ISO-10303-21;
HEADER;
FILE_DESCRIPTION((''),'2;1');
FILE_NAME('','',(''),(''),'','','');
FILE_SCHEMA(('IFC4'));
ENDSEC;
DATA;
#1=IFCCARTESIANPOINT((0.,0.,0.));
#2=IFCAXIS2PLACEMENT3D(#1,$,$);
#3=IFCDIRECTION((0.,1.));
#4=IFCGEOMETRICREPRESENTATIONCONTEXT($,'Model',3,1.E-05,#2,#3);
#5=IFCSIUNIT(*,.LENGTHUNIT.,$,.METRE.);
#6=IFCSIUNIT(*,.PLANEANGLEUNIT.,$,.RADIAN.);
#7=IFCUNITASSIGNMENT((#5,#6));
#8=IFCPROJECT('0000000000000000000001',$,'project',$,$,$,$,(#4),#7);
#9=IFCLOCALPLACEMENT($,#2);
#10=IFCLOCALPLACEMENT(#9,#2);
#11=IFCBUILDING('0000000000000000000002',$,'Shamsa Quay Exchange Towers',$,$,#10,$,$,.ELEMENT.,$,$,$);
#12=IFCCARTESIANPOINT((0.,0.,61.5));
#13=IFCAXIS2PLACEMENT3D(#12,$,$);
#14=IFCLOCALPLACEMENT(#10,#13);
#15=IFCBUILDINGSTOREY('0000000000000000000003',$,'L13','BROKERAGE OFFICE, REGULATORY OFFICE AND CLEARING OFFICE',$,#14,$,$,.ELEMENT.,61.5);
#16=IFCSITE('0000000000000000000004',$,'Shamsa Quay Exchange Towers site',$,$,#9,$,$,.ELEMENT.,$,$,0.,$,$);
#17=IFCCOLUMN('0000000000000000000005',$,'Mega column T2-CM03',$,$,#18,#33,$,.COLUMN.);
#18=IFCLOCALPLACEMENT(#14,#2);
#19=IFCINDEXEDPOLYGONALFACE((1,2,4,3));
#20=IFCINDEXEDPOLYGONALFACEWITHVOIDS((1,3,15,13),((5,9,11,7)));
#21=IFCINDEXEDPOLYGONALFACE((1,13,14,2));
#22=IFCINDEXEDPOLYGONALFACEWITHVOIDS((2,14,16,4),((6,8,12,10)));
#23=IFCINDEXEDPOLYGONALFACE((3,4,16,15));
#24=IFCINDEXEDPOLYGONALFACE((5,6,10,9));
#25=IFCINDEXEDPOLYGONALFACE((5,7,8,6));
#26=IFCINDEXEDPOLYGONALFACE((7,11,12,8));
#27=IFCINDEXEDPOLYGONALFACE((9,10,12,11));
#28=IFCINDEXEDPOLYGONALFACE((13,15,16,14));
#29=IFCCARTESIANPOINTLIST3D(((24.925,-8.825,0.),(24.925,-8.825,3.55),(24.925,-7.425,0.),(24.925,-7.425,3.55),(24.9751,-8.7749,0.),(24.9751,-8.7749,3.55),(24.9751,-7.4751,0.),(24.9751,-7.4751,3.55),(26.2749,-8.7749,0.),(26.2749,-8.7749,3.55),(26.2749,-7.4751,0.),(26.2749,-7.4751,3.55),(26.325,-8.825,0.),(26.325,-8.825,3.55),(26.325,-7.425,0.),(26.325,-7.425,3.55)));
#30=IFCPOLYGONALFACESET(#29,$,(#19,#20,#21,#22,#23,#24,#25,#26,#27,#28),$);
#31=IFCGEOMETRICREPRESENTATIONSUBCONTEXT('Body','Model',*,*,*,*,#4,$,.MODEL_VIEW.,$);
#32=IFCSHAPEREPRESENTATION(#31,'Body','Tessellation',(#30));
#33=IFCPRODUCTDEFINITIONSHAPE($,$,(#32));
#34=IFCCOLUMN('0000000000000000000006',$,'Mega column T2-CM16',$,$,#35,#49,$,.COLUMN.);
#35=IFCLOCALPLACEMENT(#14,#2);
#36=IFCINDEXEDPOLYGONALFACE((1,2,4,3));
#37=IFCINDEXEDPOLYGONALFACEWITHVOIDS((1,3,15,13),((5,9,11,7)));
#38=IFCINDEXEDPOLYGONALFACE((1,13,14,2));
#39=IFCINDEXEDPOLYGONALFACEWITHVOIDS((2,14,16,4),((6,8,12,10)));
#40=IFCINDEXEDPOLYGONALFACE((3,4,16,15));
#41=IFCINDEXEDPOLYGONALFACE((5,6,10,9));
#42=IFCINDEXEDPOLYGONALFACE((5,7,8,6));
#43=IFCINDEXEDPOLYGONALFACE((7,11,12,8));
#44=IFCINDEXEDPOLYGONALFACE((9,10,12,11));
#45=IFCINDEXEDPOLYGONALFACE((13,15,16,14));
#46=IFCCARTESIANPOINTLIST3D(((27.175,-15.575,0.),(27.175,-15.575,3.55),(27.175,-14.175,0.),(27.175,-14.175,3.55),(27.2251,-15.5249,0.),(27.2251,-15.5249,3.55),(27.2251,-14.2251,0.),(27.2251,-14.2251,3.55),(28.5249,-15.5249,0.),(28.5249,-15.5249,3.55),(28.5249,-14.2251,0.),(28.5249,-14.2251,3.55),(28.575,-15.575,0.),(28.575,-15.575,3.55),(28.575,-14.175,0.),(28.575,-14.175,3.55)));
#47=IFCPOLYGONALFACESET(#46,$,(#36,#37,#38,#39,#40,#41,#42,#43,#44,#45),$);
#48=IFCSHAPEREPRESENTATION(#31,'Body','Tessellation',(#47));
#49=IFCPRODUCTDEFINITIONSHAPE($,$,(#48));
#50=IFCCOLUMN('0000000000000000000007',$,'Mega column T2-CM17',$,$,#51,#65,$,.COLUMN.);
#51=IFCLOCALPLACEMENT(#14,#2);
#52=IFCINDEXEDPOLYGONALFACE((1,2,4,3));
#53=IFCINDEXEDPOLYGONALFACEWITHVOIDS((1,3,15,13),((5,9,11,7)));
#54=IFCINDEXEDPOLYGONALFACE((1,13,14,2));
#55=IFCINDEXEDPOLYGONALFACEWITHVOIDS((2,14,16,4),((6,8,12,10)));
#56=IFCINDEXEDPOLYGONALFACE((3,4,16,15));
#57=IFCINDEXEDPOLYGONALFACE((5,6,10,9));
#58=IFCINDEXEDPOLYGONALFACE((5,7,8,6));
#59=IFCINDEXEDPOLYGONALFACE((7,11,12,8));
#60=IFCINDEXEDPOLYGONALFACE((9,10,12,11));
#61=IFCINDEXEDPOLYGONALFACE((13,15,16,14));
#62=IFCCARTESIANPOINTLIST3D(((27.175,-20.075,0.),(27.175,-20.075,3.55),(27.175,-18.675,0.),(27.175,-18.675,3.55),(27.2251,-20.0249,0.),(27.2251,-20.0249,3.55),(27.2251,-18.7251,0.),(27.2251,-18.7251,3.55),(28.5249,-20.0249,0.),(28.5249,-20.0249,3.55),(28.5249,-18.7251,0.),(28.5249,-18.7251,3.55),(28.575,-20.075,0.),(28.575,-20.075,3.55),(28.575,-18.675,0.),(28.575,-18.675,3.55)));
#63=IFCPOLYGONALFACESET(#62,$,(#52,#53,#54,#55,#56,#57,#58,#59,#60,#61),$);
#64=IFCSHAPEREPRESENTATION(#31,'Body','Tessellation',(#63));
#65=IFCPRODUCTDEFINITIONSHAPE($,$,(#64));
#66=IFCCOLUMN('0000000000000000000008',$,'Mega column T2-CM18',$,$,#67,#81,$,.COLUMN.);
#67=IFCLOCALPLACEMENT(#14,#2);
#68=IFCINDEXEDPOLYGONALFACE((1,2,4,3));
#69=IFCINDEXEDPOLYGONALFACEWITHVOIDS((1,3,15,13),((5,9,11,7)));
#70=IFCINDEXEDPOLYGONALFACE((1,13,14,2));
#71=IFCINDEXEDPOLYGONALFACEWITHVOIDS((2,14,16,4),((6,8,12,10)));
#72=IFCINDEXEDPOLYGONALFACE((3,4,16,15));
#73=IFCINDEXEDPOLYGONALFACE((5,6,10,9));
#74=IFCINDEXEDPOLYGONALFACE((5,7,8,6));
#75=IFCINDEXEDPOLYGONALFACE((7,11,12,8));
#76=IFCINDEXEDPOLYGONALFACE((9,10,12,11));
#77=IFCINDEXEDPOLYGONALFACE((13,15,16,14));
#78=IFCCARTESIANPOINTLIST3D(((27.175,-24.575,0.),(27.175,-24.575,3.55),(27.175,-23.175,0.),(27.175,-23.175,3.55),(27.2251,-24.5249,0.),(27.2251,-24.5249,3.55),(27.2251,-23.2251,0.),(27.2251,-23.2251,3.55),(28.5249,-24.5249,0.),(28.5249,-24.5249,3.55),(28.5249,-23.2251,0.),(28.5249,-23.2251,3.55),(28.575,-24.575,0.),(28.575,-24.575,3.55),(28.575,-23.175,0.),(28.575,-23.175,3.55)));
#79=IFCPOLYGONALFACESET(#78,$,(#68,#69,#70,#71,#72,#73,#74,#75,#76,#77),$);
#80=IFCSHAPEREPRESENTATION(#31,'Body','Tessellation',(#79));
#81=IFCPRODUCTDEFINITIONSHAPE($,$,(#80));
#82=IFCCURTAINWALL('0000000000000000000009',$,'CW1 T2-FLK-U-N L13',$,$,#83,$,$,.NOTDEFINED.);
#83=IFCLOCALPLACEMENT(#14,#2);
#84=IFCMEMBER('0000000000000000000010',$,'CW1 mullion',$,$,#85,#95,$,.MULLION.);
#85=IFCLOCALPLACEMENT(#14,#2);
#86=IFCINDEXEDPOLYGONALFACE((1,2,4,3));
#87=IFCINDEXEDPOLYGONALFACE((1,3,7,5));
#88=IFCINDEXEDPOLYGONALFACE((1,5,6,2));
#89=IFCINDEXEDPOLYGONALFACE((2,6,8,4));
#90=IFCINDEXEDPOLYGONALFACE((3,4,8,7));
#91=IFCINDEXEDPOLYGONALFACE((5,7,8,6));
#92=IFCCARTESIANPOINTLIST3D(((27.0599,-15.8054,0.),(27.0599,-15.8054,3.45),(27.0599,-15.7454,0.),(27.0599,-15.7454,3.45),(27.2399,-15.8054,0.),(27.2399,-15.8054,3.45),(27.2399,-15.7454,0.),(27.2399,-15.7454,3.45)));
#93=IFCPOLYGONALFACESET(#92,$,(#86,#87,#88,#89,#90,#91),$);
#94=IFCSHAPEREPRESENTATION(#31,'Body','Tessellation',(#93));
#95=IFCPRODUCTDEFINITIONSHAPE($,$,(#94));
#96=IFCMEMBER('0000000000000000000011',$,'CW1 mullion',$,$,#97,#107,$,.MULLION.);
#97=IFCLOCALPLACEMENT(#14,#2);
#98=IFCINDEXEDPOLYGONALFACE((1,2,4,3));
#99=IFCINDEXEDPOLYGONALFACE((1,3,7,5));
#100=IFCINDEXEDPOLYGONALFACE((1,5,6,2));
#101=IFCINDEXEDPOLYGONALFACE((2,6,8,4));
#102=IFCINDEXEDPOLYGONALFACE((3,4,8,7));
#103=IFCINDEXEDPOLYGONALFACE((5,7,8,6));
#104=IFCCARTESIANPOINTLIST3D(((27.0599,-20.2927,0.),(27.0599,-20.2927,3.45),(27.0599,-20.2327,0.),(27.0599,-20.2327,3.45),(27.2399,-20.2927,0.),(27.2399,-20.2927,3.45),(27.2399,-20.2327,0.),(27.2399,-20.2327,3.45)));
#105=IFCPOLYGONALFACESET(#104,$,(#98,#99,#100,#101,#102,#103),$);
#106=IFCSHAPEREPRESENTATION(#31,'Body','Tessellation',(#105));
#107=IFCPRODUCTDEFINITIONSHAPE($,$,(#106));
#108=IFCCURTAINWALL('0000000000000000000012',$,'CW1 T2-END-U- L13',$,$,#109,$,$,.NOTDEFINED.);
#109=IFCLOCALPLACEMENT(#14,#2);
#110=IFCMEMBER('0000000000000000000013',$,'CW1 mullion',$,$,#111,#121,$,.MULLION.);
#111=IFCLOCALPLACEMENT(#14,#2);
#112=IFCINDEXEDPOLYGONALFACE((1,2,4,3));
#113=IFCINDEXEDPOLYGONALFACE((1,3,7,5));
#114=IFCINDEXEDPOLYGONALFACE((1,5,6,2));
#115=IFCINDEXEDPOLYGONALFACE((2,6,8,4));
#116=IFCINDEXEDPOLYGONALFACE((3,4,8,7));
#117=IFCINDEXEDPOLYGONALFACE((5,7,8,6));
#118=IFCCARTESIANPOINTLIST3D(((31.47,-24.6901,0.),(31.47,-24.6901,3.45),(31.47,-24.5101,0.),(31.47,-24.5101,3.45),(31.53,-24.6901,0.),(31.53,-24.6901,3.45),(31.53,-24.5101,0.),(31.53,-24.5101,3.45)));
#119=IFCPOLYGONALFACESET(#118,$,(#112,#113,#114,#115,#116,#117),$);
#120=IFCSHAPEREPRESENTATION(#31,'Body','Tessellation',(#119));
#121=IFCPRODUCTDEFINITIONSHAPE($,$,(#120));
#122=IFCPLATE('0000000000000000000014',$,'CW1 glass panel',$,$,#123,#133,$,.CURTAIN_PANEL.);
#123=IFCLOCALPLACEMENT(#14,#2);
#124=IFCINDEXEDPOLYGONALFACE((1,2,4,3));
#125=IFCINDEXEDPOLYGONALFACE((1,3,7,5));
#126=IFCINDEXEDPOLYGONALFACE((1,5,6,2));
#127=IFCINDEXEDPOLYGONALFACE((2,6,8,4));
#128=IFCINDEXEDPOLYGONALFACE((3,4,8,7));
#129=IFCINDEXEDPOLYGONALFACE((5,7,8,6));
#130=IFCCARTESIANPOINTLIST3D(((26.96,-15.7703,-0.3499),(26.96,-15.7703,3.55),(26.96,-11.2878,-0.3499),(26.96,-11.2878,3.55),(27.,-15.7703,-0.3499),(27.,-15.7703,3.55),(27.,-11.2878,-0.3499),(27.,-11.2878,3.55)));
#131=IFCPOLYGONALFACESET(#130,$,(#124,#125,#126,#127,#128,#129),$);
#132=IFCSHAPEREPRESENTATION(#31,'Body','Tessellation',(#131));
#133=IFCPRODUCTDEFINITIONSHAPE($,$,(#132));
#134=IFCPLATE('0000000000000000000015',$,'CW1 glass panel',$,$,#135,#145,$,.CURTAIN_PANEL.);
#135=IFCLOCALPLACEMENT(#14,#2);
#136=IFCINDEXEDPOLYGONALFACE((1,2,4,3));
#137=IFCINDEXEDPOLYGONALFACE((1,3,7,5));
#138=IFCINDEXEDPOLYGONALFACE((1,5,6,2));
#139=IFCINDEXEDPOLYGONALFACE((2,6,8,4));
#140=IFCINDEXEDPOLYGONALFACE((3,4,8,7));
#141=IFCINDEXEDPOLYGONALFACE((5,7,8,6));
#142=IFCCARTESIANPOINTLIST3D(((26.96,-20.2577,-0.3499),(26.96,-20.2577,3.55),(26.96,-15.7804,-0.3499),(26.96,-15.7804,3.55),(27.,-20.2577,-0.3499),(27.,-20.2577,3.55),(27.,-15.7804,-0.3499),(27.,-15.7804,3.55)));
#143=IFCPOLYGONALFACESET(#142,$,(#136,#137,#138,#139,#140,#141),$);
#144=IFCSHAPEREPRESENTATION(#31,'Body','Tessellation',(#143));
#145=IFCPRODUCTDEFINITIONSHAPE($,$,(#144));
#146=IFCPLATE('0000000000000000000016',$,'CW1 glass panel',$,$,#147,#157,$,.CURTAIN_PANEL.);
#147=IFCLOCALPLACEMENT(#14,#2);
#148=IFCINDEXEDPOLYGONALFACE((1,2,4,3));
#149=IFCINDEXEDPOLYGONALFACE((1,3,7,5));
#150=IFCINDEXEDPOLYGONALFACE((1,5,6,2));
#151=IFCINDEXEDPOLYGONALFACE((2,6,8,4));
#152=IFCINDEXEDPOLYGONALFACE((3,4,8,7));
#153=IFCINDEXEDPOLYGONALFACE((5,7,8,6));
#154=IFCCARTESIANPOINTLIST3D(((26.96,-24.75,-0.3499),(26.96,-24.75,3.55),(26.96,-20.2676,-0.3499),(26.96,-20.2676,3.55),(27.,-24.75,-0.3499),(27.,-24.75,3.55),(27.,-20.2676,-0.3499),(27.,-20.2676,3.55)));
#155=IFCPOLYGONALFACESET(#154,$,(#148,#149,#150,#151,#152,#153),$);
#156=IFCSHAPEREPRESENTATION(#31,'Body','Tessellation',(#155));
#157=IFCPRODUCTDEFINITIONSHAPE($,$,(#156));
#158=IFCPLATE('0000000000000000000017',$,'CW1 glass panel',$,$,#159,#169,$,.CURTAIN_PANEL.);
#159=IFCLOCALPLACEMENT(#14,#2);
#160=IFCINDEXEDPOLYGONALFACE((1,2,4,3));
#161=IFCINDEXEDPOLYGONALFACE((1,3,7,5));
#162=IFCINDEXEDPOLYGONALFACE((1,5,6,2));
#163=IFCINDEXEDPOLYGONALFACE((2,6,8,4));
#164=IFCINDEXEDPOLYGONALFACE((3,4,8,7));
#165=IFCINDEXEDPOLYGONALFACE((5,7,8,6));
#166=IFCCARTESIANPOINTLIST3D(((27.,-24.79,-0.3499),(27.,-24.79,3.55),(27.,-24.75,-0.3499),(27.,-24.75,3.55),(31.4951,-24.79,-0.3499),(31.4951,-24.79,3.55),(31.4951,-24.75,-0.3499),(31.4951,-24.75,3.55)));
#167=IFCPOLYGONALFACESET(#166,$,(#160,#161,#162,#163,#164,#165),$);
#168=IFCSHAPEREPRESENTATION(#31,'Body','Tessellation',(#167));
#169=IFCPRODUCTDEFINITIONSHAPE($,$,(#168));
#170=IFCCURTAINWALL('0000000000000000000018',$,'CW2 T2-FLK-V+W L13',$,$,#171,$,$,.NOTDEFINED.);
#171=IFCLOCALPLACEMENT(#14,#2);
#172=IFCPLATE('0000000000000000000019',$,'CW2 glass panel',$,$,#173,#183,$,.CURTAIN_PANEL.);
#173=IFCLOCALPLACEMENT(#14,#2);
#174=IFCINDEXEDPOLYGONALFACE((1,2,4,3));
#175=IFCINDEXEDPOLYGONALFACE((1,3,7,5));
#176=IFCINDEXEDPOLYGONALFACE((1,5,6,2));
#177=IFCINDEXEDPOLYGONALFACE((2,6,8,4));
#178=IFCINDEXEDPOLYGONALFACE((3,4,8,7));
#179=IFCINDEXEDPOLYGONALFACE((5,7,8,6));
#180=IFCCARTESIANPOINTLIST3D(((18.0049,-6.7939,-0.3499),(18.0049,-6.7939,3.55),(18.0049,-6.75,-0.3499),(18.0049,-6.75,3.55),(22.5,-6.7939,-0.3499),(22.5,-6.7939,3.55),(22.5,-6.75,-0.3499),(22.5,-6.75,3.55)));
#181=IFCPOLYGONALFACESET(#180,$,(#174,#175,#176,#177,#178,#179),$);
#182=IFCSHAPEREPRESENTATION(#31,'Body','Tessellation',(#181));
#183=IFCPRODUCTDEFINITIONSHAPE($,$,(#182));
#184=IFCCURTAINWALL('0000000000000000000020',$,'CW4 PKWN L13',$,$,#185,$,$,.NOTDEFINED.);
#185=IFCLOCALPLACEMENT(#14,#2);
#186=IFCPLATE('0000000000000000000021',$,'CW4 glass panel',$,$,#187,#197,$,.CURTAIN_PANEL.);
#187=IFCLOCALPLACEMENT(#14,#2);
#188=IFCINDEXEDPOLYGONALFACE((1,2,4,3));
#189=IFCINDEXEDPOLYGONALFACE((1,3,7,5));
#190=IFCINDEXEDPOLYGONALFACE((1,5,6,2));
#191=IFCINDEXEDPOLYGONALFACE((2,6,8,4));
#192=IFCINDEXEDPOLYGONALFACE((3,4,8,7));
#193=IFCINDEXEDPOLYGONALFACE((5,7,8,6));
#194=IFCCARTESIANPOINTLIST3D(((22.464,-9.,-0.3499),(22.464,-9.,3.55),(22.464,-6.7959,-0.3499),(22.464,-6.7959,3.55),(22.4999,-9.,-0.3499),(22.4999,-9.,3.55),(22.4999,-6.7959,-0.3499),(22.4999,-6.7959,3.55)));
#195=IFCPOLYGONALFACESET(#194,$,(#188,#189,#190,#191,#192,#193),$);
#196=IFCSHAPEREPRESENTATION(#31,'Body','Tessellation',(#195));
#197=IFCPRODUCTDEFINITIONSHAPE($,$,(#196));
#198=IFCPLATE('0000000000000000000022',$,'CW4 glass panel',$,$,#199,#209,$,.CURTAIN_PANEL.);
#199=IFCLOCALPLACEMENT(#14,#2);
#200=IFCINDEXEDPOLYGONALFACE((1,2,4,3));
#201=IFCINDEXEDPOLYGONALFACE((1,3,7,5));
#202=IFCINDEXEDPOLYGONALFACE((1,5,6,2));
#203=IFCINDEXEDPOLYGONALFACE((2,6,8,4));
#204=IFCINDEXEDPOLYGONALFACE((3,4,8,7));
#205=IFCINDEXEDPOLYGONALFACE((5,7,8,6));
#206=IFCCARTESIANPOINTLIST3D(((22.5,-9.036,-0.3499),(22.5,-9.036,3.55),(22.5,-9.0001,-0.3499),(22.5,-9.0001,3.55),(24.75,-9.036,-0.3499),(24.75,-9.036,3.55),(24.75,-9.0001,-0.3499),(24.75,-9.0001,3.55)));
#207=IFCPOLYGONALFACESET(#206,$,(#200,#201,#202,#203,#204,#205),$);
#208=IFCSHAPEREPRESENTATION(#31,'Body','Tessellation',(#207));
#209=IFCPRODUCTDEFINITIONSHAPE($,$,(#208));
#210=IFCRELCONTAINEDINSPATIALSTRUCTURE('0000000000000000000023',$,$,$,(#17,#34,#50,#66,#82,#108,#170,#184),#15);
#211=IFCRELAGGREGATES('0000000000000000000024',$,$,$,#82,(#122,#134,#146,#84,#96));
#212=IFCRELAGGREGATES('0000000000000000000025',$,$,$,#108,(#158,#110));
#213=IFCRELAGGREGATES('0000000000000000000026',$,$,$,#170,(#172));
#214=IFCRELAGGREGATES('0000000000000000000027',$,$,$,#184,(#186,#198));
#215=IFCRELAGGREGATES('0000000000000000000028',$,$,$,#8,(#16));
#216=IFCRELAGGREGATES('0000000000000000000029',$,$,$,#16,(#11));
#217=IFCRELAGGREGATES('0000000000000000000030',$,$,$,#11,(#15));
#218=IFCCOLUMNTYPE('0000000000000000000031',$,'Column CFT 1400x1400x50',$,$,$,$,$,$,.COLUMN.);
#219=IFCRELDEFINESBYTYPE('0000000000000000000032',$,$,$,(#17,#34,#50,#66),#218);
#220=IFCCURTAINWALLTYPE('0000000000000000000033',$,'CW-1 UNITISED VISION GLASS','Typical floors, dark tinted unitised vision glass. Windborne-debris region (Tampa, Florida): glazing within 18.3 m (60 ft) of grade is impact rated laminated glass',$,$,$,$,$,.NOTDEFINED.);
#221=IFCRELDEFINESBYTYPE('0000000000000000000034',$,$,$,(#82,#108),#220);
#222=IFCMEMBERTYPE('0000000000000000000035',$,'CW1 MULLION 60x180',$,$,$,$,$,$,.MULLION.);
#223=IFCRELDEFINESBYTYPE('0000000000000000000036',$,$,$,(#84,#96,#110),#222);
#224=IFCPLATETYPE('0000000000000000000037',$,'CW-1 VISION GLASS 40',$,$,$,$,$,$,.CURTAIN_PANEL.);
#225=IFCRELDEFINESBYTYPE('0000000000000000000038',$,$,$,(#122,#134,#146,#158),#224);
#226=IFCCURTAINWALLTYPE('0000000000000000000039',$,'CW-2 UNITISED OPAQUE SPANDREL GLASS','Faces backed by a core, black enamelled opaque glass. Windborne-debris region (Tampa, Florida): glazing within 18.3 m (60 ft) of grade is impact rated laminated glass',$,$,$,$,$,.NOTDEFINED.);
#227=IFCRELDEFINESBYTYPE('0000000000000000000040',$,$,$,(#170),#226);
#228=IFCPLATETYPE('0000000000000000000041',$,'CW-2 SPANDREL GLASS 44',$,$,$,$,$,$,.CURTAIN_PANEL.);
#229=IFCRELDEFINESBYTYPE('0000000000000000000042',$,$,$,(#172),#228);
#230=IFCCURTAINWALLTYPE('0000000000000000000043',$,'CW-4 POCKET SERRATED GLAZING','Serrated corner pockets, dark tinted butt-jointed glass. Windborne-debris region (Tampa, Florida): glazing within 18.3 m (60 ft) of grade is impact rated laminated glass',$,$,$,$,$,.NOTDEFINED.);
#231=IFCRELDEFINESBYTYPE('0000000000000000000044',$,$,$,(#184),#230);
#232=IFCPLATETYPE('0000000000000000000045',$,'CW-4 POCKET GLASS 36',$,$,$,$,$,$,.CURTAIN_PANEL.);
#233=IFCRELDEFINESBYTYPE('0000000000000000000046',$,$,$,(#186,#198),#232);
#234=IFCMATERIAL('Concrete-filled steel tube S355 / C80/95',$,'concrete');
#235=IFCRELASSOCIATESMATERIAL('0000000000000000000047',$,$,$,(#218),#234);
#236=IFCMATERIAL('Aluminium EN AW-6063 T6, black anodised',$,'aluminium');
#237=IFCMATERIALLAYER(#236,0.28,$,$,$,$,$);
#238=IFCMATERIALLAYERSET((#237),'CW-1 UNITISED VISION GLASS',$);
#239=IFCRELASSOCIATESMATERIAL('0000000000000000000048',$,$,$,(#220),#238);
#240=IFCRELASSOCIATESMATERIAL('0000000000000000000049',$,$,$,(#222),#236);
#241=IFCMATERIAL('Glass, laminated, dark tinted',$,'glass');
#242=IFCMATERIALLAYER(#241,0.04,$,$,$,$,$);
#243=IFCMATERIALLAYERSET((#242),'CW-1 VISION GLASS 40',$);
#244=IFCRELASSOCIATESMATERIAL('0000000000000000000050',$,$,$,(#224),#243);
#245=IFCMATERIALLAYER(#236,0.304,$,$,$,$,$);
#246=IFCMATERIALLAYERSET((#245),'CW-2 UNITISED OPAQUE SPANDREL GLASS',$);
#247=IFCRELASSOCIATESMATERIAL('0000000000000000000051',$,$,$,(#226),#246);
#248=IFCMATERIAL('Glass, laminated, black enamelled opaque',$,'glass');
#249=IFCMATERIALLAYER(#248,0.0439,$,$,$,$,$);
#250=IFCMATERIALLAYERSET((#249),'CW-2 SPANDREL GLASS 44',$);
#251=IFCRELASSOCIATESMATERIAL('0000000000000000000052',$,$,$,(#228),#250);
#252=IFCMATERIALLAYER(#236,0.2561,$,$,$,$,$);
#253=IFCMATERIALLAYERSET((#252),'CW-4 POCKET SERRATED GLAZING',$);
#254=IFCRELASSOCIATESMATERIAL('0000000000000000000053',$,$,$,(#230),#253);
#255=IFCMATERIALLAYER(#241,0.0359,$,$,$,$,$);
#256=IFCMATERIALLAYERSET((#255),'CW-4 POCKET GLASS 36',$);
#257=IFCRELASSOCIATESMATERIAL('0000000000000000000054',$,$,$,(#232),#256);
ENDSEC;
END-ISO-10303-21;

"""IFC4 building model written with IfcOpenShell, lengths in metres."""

from ifc_helpers import new_model, si_unit, direction, frame, origin, origin_2d, place, context, subcontext, project, spatial, rectangle, hollow_rectangle, extrude, material, layer, layer_set, material_profile, profile_set, type_object, element, aggregate, save


model = new_model("IFC4")

# Units and contexts
model_context = context("Model", 3, precision=1e-05, world=origin(), true_north=direction((0.0, 1.0)))
body_context = subcontext(model_context, "Body", "Model", "MODEL_VIEW")
ifc_project = project(units=[si_unit("LENGTHUNIT", "METRE"), si_unit("PLANEANGLEUNIT", "RADIAN")], contexts=[model_context])

# Site, building, storey
site_placement = place(None, origin())
site = spatial("IfcSite", under=ifc_project, at=site_placement, Name="Shamsa Quay Exchange Towers site", CompositionType="ELEMENT", RefElevation=0.0)
building_placement = place(site_placement, origin())
building = spatial("IfcBuilding", under=site, at=building_placement, Name="Shamsa Quay Exchange Towers", CompositionType="ELEMENT")
storey_placement = place(building_placement, frame((0.0, 0.0, 61.5)))
storey = spatial("IfcBuildingStorey", under=building, at=storey_placement, Name="L13", Description="BROKERAGE OFFICE, REGULATORY OFFICE AND CLEARING OFFICE", CompositionType="ELEMENT", Elevation=61.5)

# Columns
ifc_material_1 = material(Name="Concrete-filled steel tube S355 / C80/95", Category="concrete")
ifc_material_profile_1 = material_profile(ifc_material_1, hollow_rectangle(XDim=1.3999, YDim=1.3999, WallThickness=0.05, at=origin_2d()), Name="CFT 1400x1400x50")
ifc_profile_set_1 = profile_set([ifc_material_profile_1], Name="Concrete-filled steel tube S355 / C80/95")
column_type = type_object("IfcColumnType", Name="Column CFT 1400x1400x50", PredefinedType="COLUMN", material=ifc_profile_set_1)
for number, where, name in (
    (1, (25.625, -8.125, 0.0), "Mega column T2-CM03"),
    (2, (27.875, -14.875, 0.0), "Mega column T2-CM16"),
    (3, (27.875, -19.375, 0.0), "Mega column T2-CM17"),
    (4, (27.875, -23.875, 0.0), "Mega column T2-CM18"),
):
    element("IfcColumn", number, at=place(storey_placement, frame(where)), inside=storey, type_object=column_type, Name=name, PredefinedType="COLUMN", context=body_context, shape_type="SweptSolid", body=[
        extrude(hollow_rectangle(XDim=1.3999, YDim=1.3999, WallThickness=0.05, at=origin_2d()), origin(), (0.0, 0.0, 1.0), 3.55),
    ])

# Curtain wall, members
ifc_material_2 = material(Name="Aluminium EN AW-6063 T6, black anodised", Category="aluminium")
ifc_layer_1 = layer(ifc_material_2, 0.28)
ifc_layer_set_1 = layer_set([ifc_layer_1], Name="CW-1 UNITISED VISION GLASS")
curtain_wall_type_1 = type_object("IfcCurtainWallType", Name="CW-1 UNITISED VISION GLASS", Description="Typical floors, dark tinted unitised vision glass. Windborne-debris region (Tampa, Florida): glazing within 18.3 m (60 ft) of grade is impact rated laminated glass", PredefinedType="NOTDEFINED", material=ifc_layer_set_1)
curtain_wall_1_placement = place(storey_placement, origin())
curtain_wall_1 = element("IfcCurtainWall", 5, at=curtain_wall_1_placement, inside=storey, type_object=curtain_wall_type_1, Name="CW1 T2-FLK-U-N L13", PredefinedType="NOTDEFINED")
ifc_material_profile_2 = material_profile(ifc_material_2, rectangle(XDim=0.1799, YDim=0.0601, at=origin_2d()), Name="MU60x180")
ifc_profile_set_2 = profile_set([ifc_material_profile_2], Name="Aluminium EN AW-6063 T6, black anodised")
member_type = type_object("IfcMemberType", Name="CW1 MULLION 60x180", PredefinedType="MULLION", material=ifc_profile_set_2)
member_1_placement = place(storey_placement, frame((27.1499, -15.7754, 0.0)))
member_1 = element("IfcMember", 6, at=member_1_placement, type_object=member_type, Name="CW1 mullion", PredefinedType="MULLION", context=body_context, shape_type="SweptSolid", body=[
    extrude(rectangle(XDim=0.1799, YDim=0.0601, at=origin_2d()), origin(), (0.0, 0.0, 1.0), 3.45),
])
member_2_placement = place(storey_placement, frame((27.1499, -20.2627, 0.0)))
member_2 = element("IfcMember", 7, at=member_2_placement, type_object=member_type, Name="CW1 mullion", PredefinedType="MULLION", context=body_context, shape_type="SweptSolid", body=[
    extrude(rectangle(XDim=0.1799, YDim=0.0601, at=origin_2d()), origin(), (0.0, 0.0, 1.0), 3.45),
])

# Curtain wall, member
curtain_wall_2_placement = place(storey_placement, origin())
curtain_wall_2 = element("IfcCurtainWall", 8, at=curtain_wall_2_placement, inside=storey, type_object=curtain_wall_type_1, Name="CW1 T2-END-U- L13", PredefinedType="NOTDEFINED")
member_3_placement = place(storey_placement, frame((31.5, -24.6001, 0.0), z_axis=(0.0, 0.0, 1.0), x_axis=(0.0, 1.0, 0.0)))
member_3 = element("IfcMember", 9, at=member_3_placement, type_object=member_type, Name="CW1 mullion", PredefinedType="MULLION", context=body_context, shape_type="SweptSolid", body=[
    extrude(rectangle(XDim=0.1799, YDim=0.0601, at=origin_2d()), origin(), (0.0, 0.0, 1.0), 3.45),
])

# Plates
ifc_material_3 = material(Name="Glass, laminated, dark tinted", Category="glass")
ifc_layer_2 = layer(ifc_material_3, 0.04)
ifc_layer_set_2 = layer_set([ifc_layer_2], Name="CW-1 VISION GLASS 40")
plate_type_1 = type_object("IfcPlateType", Name="CW-1 VISION GLASS 40", PredefinedType="CURTAIN_PANEL", material=ifc_layer_set_2)
plate_1_placement = place(storey_placement, frame((26.98, -13.5291, -0.3499), z_axis=(0.0, 0.0, 1.0), x_axis=(0.0, -1.0, 0.0)))
plate_1 = element("IfcPlate", 10, at=plate_1_placement, type_object=plate_type_1, Name="CW1 glass panel", PredefinedType="CURTAIN_PANEL", context=body_context, shape_type="SweptSolid", body=[
    extrude(rectangle(XDim=4.4824, YDim=0.04, at=origin_2d()), origin(), (0.0, 0.0, 1.0), 3.8999),
])
plate_2_placement = place(storey_placement, frame((26.98, -18.019, -0.3499), z_axis=(0.0, 0.0, 1.0), x_axis=(0.0, -1.0, 0.0)))
plate_2 = element("IfcPlate", 11, at=plate_2_placement, type_object=plate_type_1, Name="CW1 glass panel", PredefinedType="CURTAIN_PANEL", context=body_context, shape_type="SweptSolid", body=[
    extrude(rectangle(XDim=4.4773, YDim=0.04, at=origin_2d()), origin(), (0.0, 0.0, 1.0), 3.8999),
])
plate_3_placement = place(storey_placement, frame((26.98, -22.5088, -0.3499), z_axis=(0.0, 0.0, 1.0), x_axis=(0.0, -1.0, 0.0)))
plate_3 = element("IfcPlate", 12, at=plate_3_placement, type_object=plate_type_1, Name="CW1 glass panel", PredefinedType="CURTAIN_PANEL", context=body_context, shape_type="SweptSolid", body=[
    extrude(rectangle(XDim=4.4824, YDim=0.04, at=origin_2d()), origin(), (0.0, 0.0, 1.0), 3.8999),
])
aggregate(curtain_wall_1, [plate_1, plate_2, plate_3, member_1, member_2])
plate_4_placement = place(storey_placement, frame((29.2476, -24.77, -0.3499)))
plate_4 = element("IfcPlate", 13, at=plate_4_placement, type_object=plate_type_1, Name="CW1 glass panel", PredefinedType="CURTAIN_PANEL", context=body_context, shape_type="SweptSolid", body=[
    extrude(rectangle(XDim=4.4951, YDim=0.04, at=origin_2d()), origin(), (0.0, 0.0, 1.0), 3.8999),
])
aggregate(curtain_wall_2, [plate_4, member_3])

# Curtain wall, plate
ifc_layer_3 = layer(ifc_material_2, 0.304)
ifc_layer_set_3 = layer_set([ifc_layer_3], Name="CW-2 UNITISED OPAQUE SPANDREL GLASS")
curtain_wall_type_2 = type_object("IfcCurtainWallType", Name="CW-2 UNITISED OPAQUE SPANDREL GLASS", Description="Faces backed by a core, black enamelled opaque glass. Windborne-debris region (Tampa, Florida): glazing within 18.3 m (60 ft) of grade is impact rated laminated glass", PredefinedType="NOTDEFINED", material=ifc_layer_set_3)
curtain_wall_3_placement = place(storey_placement, origin())
curtain_wall_3 = element("IfcCurtainWall", 14, at=curtain_wall_3_placement, inside=storey, type_object=curtain_wall_type_2, Name="CW2 T2-FLK-V+W L13", PredefinedType="NOTDEFINED")
ifc_material_4 = material(Name="Glass, laminated, black enamelled opaque", Category="glass")
ifc_layer_4 = layer(ifc_material_4, 0.0439)
ifc_layer_set_4 = layer_set([ifc_layer_4], Name="CW-2 SPANDREL GLASS 44")
plate_type_2 = type_object("IfcPlateType", Name="CW-2 SPANDREL GLASS 44", PredefinedType="CURTAIN_PANEL", material=ifc_layer_set_4)
plate_5_placement = place(storey_placement, frame((20.2524, -6.772, -0.3499)))
plate_5 = element("IfcPlate", 15, at=plate_5_placement, type_object=plate_type_2, Name="CW2 glass panel", PredefinedType="CURTAIN_PANEL", context=body_context, shape_type="SweptSolid", body=[
    extrude(rectangle(XDim=4.4951, YDim=0.0439, at=origin_2d()), origin(), (0.0, 0.0, 1.0), 3.8999),
])
aggregate(curtain_wall_3, [plate_5])

# Curtain wall, plates
ifc_layer_5 = layer(ifc_material_2, 0.2561)
ifc_layer_set_5 = layer_set([ifc_layer_5], Name="CW-4 POCKET SERRATED GLAZING")
curtain_wall_type_3 = type_object("IfcCurtainWallType", Name="CW-4 POCKET SERRATED GLAZING", Description="Serrated corner pockets, dark tinted butt-jointed glass. Windborne-debris region (Tampa, Florida): glazing within 18.3 m (60 ft) of grade is impact rated laminated glass", PredefinedType="NOTDEFINED", material=ifc_layer_set_5)
curtain_wall_4_placement = place(storey_placement, origin())
curtain_wall_4 = element("IfcCurtainWall", 16, at=curtain_wall_4_placement, inside=storey, type_object=curtain_wall_type_3, Name="CW4 PKWN L13", PredefinedType="NOTDEFINED")
ifc_layer_6 = layer(ifc_material_3, 0.0359)
ifc_layer_set_6 = layer_set([ifc_layer_6], Name="CW-4 POCKET GLASS 36")
plate_type_3 = type_object("IfcPlateType", Name="CW-4 POCKET GLASS 36", PredefinedType="CURTAIN_PANEL", material=ifc_layer_set_6)
plate_6_placement = place(storey_placement, frame((22.4819, -7.8979, -0.3499), z_axis=(0.0, 0.0, 1.0), x_axis=(0.0, -1.0, 0.0)))
plate_6 = element("IfcPlate", 17, at=plate_6_placement, type_object=plate_type_3, Name="CW4 glass panel", PredefinedType="CURTAIN_PANEL", context=body_context, shape_type="SweptSolid", body=[
    extrude(rectangle(XDim=2.2041, YDim=0.0359, at=origin_2d()), origin(), (0.0, 0.0, 1.0), 3.8999),
])
plate_7_placement = place(storey_placement, frame((23.625, -9.0181, -0.3499)))
plate_7 = element("IfcPlate", 18, at=plate_7_placement, type_object=plate_type_3, Name="CW4 glass panel", PredefinedType="CURTAIN_PANEL", context=body_context, shape_type="SweptSolid", body=[
    extrude(rectangle(XDim=2.25, YDim=0.0359, at=origin_2d()), origin(), (0.0, 0.0, 1.0), 3.8999),
])
aggregate(curtain_wall_4, [plate_6, plate_7])

save(model, "model.ifc")
